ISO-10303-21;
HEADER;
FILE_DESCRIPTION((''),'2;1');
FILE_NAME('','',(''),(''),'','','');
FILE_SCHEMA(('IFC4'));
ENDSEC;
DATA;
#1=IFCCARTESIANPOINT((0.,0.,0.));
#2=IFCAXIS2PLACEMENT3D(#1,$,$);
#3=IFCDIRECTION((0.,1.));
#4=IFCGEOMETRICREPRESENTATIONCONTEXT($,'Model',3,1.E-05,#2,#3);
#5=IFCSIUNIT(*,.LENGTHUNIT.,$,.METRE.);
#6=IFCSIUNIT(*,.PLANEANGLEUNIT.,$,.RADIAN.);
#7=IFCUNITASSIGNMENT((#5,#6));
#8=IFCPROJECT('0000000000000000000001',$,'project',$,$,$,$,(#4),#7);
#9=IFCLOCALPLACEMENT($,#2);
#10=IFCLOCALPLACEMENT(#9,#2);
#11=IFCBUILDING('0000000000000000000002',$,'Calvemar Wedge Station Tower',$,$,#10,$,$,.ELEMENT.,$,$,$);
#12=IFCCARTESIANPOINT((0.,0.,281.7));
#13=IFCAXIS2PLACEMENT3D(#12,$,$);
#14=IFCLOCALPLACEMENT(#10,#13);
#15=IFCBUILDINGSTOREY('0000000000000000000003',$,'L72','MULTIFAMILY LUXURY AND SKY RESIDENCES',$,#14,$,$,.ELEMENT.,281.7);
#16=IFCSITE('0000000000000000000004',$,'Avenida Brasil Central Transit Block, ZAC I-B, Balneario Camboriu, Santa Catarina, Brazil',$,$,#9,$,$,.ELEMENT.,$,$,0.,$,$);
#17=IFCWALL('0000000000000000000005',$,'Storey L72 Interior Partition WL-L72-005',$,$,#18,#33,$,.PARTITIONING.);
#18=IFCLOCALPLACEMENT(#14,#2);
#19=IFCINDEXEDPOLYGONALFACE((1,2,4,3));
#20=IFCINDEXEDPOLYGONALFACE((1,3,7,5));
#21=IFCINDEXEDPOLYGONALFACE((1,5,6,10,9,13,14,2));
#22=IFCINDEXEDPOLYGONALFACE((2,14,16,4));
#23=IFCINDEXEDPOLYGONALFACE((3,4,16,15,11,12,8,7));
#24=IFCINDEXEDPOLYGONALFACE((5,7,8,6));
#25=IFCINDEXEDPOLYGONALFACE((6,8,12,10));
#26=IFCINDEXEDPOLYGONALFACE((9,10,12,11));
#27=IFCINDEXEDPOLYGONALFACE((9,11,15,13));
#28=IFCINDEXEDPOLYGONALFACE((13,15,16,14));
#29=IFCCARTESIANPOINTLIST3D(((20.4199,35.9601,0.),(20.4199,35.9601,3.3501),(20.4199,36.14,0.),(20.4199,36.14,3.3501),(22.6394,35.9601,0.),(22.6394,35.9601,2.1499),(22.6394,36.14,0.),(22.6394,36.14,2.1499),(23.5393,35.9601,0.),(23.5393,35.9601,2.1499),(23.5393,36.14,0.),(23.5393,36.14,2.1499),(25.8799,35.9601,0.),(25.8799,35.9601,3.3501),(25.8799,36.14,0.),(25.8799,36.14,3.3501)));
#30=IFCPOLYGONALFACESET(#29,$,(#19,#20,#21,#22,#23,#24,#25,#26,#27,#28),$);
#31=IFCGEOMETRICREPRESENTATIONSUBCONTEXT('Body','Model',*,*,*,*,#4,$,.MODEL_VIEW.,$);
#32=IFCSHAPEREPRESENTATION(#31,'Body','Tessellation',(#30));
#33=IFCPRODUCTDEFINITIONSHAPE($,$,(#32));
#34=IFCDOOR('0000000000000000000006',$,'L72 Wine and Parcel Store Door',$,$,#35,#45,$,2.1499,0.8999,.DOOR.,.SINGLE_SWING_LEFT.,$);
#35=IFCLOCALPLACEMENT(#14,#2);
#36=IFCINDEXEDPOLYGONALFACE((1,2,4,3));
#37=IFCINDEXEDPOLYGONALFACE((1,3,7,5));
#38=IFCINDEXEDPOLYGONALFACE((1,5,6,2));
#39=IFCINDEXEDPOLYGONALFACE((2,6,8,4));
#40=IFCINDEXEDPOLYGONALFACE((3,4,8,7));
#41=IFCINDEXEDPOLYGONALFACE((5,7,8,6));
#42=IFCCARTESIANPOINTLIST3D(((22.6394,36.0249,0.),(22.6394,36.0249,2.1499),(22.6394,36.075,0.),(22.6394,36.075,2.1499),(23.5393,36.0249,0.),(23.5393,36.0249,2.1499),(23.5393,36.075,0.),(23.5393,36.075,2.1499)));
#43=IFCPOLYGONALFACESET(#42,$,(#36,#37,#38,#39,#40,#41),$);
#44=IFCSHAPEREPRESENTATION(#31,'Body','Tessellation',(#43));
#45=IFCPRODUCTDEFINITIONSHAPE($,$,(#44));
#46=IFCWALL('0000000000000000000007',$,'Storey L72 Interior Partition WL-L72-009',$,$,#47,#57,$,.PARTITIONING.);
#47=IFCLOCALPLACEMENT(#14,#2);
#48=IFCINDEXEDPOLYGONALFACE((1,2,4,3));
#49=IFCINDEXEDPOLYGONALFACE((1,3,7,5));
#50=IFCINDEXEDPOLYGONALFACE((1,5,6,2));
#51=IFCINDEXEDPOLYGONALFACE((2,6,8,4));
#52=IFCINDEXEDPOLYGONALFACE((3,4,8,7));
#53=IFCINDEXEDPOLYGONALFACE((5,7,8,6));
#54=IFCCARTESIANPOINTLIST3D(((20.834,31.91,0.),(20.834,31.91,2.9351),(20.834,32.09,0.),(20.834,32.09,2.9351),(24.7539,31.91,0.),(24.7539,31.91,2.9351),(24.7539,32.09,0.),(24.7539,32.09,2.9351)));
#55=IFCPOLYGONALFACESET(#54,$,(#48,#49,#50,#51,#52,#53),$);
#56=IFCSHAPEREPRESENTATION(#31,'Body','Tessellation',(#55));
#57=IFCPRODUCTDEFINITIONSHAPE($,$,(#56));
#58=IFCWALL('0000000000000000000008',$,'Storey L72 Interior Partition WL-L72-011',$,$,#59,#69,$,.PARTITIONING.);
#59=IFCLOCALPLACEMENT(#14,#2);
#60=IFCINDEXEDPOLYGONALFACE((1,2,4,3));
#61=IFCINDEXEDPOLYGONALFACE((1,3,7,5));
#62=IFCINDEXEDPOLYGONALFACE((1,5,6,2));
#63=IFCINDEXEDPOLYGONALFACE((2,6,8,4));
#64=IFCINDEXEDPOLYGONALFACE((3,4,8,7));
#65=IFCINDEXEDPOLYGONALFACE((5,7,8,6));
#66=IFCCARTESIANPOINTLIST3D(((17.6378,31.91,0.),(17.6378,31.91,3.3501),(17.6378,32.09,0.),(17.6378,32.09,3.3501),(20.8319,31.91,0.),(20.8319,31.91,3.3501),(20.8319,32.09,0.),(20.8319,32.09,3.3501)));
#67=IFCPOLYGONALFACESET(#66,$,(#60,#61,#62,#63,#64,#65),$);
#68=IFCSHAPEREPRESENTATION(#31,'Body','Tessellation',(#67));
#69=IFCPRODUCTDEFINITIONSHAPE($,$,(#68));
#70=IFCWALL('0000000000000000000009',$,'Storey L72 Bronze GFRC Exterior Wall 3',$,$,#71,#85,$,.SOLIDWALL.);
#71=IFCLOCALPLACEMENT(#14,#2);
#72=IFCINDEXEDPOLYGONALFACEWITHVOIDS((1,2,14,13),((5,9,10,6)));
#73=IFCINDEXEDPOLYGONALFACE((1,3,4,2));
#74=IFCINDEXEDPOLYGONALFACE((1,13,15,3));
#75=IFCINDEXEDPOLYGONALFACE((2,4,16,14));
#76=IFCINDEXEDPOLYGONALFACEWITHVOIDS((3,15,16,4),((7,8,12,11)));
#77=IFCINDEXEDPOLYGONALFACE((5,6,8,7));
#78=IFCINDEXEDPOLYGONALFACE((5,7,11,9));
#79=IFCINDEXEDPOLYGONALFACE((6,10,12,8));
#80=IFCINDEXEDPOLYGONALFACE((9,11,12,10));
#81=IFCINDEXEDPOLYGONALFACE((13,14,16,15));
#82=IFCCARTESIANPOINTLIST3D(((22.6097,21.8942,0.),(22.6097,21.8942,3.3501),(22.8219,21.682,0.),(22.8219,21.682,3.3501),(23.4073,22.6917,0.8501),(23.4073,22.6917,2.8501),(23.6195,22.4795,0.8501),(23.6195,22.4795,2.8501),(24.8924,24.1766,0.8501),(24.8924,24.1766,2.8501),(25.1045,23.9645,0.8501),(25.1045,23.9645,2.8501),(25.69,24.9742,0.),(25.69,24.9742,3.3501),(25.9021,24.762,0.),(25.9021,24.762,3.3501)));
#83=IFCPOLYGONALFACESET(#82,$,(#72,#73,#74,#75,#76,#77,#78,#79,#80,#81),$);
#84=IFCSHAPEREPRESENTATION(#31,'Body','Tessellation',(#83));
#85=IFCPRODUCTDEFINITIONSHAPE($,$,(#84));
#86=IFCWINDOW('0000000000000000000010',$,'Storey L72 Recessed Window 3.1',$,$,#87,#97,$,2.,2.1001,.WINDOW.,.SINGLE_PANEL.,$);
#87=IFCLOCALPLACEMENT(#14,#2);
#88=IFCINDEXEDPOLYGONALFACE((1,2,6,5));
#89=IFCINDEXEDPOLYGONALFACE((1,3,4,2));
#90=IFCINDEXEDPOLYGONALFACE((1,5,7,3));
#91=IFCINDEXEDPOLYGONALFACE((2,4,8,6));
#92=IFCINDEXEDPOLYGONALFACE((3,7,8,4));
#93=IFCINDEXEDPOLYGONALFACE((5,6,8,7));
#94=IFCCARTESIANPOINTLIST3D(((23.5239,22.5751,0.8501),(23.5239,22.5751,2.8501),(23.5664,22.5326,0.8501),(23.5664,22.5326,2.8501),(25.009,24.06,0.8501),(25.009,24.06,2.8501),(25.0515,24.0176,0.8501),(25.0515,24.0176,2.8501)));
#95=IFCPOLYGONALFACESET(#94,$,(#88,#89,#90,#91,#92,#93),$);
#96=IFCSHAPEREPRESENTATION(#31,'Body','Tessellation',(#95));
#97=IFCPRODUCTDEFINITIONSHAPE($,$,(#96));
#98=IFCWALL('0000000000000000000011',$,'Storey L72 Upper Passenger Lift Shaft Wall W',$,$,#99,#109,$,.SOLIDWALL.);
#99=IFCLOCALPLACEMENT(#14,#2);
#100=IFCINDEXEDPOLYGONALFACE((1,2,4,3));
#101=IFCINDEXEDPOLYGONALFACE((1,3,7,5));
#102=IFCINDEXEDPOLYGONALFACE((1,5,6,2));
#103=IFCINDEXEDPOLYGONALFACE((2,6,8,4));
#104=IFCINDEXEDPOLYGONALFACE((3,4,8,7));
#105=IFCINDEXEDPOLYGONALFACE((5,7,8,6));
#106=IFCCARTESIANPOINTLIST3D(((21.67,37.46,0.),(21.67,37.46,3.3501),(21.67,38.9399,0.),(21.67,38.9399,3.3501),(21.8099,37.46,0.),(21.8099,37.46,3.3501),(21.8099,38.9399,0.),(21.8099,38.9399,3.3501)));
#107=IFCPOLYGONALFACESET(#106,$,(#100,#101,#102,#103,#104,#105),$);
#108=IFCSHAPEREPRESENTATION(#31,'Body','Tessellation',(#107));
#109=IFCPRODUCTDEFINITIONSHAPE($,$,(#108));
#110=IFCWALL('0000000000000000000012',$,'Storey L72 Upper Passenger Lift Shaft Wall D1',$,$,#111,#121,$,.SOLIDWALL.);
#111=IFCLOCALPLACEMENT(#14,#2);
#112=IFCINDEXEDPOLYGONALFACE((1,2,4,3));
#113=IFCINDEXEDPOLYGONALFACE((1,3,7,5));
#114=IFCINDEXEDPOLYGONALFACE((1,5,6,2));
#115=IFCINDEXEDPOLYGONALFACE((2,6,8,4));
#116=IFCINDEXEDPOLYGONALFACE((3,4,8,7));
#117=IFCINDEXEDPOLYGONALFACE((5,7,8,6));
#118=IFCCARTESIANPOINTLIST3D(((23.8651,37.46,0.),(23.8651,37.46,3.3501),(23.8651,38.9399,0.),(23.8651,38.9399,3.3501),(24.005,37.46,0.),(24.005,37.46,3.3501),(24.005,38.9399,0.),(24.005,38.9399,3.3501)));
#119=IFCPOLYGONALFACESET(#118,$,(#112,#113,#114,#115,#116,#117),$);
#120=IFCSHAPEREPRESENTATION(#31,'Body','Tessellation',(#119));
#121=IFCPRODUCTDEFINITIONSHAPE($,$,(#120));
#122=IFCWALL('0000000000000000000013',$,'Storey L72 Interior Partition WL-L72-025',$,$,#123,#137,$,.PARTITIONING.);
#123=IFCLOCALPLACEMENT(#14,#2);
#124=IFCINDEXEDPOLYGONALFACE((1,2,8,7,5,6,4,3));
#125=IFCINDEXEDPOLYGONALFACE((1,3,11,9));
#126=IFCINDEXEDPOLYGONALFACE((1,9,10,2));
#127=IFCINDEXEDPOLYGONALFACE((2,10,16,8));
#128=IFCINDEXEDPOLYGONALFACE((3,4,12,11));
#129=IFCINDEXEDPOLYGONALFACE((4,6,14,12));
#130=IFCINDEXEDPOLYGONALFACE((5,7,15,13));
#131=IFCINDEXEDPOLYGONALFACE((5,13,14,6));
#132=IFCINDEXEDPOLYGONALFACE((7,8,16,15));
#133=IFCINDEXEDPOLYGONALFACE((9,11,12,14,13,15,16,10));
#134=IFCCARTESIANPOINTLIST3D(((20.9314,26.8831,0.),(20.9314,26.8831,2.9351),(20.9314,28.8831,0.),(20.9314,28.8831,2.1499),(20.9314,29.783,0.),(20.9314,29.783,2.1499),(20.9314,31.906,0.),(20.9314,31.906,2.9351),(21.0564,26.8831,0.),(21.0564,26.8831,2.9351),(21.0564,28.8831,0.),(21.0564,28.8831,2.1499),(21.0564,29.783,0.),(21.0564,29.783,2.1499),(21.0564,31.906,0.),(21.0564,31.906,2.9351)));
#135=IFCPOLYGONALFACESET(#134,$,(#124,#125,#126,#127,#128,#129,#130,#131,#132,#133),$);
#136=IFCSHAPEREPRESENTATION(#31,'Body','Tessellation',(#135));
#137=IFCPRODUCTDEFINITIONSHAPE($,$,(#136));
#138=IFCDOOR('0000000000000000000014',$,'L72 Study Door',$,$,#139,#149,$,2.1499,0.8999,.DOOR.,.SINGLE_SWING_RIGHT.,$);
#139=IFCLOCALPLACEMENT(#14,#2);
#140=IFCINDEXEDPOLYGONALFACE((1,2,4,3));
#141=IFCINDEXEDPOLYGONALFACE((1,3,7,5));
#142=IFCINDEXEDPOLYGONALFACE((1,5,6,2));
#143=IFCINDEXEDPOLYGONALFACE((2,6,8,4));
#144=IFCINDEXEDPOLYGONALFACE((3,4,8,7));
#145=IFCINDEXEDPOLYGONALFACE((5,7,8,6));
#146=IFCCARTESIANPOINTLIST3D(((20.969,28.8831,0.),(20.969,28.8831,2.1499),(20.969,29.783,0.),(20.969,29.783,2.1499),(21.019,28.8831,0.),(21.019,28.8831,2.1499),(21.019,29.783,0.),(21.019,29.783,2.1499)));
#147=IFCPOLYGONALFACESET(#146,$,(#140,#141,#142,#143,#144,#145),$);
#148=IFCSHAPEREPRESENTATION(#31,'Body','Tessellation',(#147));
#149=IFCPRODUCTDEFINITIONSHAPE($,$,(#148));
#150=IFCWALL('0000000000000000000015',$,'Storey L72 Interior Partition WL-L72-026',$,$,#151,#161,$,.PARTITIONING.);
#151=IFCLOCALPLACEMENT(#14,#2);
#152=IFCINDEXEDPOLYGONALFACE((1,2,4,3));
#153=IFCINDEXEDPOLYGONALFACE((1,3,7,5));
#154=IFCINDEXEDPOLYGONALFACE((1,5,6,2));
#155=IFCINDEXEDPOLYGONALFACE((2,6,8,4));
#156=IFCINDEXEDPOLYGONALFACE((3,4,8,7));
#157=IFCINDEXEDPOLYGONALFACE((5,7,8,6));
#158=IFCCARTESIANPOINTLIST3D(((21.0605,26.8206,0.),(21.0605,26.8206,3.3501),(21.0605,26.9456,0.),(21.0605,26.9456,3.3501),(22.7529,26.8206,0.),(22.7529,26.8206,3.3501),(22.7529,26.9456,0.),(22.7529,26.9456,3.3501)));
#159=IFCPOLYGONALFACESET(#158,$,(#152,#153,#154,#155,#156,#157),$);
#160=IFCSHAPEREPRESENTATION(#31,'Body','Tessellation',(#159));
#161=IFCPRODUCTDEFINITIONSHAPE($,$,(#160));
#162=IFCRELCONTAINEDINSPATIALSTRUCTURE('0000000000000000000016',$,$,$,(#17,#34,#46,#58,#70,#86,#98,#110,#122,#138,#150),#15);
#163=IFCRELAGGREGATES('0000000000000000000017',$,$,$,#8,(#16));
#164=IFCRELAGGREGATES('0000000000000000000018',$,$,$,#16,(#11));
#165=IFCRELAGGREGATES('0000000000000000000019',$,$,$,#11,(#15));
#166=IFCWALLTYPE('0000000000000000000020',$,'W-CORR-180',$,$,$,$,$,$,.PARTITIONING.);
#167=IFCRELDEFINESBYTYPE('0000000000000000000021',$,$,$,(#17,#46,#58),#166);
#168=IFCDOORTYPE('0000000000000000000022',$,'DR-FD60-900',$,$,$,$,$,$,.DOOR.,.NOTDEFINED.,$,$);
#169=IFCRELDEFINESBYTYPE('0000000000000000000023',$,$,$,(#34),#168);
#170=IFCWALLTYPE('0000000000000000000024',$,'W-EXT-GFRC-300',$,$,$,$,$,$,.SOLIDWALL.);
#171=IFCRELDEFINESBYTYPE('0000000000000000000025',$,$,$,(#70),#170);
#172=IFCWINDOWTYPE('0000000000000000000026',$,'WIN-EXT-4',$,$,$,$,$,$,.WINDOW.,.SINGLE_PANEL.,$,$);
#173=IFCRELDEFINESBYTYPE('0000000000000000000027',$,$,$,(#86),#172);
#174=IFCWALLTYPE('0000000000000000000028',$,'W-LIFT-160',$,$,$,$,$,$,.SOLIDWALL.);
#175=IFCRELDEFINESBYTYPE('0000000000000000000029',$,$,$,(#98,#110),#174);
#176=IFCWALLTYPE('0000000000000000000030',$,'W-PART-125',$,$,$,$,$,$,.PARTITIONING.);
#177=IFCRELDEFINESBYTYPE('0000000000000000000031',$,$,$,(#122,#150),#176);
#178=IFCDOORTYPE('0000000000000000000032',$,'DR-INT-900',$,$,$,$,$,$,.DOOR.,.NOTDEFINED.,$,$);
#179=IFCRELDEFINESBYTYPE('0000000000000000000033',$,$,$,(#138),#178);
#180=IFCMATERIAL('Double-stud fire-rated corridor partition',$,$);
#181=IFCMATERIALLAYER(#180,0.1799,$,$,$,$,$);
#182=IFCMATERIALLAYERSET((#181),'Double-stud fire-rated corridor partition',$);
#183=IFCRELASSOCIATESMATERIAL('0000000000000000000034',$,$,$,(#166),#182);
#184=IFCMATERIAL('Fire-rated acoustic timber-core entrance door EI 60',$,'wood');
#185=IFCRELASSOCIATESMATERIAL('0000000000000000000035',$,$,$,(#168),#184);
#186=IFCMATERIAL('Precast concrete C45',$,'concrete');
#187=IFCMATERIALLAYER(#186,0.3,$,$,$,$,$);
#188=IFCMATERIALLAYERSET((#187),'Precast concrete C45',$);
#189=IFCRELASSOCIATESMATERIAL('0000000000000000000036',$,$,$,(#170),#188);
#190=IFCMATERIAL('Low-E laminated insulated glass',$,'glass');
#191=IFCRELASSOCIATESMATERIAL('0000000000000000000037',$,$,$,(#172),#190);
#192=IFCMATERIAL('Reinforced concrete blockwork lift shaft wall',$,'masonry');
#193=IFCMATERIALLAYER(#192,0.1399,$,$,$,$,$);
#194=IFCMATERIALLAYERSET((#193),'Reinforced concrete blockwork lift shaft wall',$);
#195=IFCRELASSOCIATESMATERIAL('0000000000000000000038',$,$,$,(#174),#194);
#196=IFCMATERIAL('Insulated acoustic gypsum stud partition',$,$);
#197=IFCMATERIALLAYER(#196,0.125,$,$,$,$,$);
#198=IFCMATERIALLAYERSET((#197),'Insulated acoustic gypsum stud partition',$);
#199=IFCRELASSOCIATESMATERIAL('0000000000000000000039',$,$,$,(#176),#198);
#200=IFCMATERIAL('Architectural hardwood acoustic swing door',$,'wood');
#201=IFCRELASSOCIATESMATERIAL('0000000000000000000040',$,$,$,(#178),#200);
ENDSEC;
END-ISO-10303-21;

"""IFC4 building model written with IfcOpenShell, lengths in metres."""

from ifc_helpers import new_model, si_unit, direction, frame, frame_2d, origin, place, context, subcontext, project, spatial, rectangle, extrude, source, transform, mapped, material, layer, layer_set, type_object, element, fill, save


model = new_model("IFC4")

# Units and contexts
model_context = context("Model", 3, precision=1e-05, world=origin(), true_north=direction((0.0, 1.0)))
body_context = subcontext(model_context, "Body", "Model", "MODEL_VIEW")
ifc_project = project(units=[si_unit("LENGTHUNIT", "METRE"), si_unit("PLANEANGLEUNIT", "RADIAN")], contexts=[model_context])

# Site, building, storey
site_placement = place(None, origin())
site = spatial("IfcSite", under=ifc_project, at=site_placement, Name="Avenida Brasil Central Transit Block, ZAC I-B, Balneario Camboriu, Santa Catarina, Brazil", CompositionType="ELEMENT", RefElevation=0.0)
building_placement = place(site_placement, origin())
building = spatial("IfcBuilding", under=site, at=building_placement, Name="Calvemar Wedge Station Tower", CompositionType="ELEMENT")
storey_placement = place(building_placement, frame((0.0, 0.0, 281.7)))
storey = spatial("IfcBuildingStorey", under=building, at=storey_placement, Name="L72", Description="MULTIFAMILY LUXURY AND SKY RESIDENCES", CompositionType="ELEMENT", Elevation=281.7)

# Shared definitions
ifc_material_1 = material(Name="Double-stud fire-rated corridor partition")
ifc_layer_1 = layer(ifc_material_1, 0.1799)
ifc_layer_set_1 = layer_set([ifc_layer_1], Name="Double-stud fire-rated corridor partition")
wall_type_1 = type_object("IfcWallType", Name="W-CORR-180", PredefinedType="PARTITIONING", material=ifc_layer_set_1)

# Wall, opening, door
wall_1_placement = place(storey_placement, frame((20.4199, 36.05, 0.0), z_axis=(0.0, 0.0, 1.0), x_axis=(1.0, 0.0, 0.0)))
wall_1 = element("IfcWall", 1, at=wall_1_placement, inside=storey, type_object=wall_type_1, Name="Storey L72 Interior Partition WL-L72-005", PredefinedType="PARTITIONING", context=body_context, shape_type="SweptSolid", body=[
    extrude(rectangle(XDim=5.46, YDim=0.1799, at=frame_2d((2.73, 0.0))), origin(), (0.0, 0.0, 1.0), 3.3501),
])
shared_shape_1 = source(origin(), body_context, "Body", "SweptSolid", [
    extrude(rectangle(XDim=0.8999, YDim=2.1499, at=frame_2d((0.45, 1.075))), frame((0.0, 0.1001, 0.0), z_axis=(0.0, -1.0, 0.0), x_axis=(1.0, 0.0, 0.0)), (0.0, 0.0, 1.0), 0.2),
])
opening_1_placement = place(wall_1_placement, frame((2.2195, 0.0, 0.0)))
opening_1 = element("IfcOpeningElement", 2, at=opening_1_placement, cuts=wall_1, PredefinedType="OPENING", context=body_context, shape_type="MappedRepresentation", body=[
    mapped(shared_shape_1, transform((0.0, 0.0, 0.0), scale=1.0)),
])
ifc_material_2 = material(Name="Fire-rated acoustic timber-core entrance door EI 60", Category="wood")
door_type_1 = type_object("IfcDoorType", Name="DR-FD60-900", OperationType="NOTDEFINED", PredefinedType="DOOR", material=ifc_material_2)
shared_shape_2 = source(origin(), body_context, "Body", "SweptSolid", [
    extrude(rectangle(XDim=0.8999, YDim=2.1499, at=frame_2d((0.45, 1.075))), frame((0.0, 0.0249, 0.0), z_axis=(0.0, -1.0, 0.0), x_axis=(1.0, 0.0, 0.0)), (0.0, 0.0, 1.0), 0.05),
])
door_1_placement = place(opening_1_placement, origin())
door_1 = element("IfcDoor", 3, at=door_1_placement, inside=storey, type_object=door_type_1, Name="L72 Wine and Parcel Store Door", OperationType="SINGLE_SWING_LEFT", OverallHeight=2.1499, OverallWidth=0.8999, PredefinedType="DOOR", context=body_context, shape_type="MappedRepresentation", body=[
    mapped(shared_shape_2, transform((0.0, 0.0, 0.0), scale=1.0)),
])
fill(opening_1, door_1)

# Walls
wall_2_placement = place(storey_placement, frame((24.7539, 32.0, 0.0), z_axis=(0.0, 0.0, 1.0), x_axis=(-1.0, 0.0, 0.0)))
element("IfcWall", 4, at=wall_2_placement, inside=storey, type_object=wall_type_1, Name="Storey L72 Interior Partition WL-L72-009", PredefinedType="PARTITIONING", context=body_context, shape_type="SweptSolid", body=[
    extrude(rectangle(XDim=3.9199, YDim=0.1799, at=frame_2d((1.96, 0.0))), origin(), (0.0, 0.0, 1.0), 2.9351),
])
wall_3_placement = place(storey_placement, frame((20.832, 32.0, 0.0), z_axis=(0.0, 0.0, 1.0), x_axis=(-1.0, 0.0, 0.0)))
element("IfcWall", 5, at=wall_3_placement, inside=storey, type_object=wall_type_1, Name="Storey L72 Interior Partition WL-L72-011", PredefinedType="PARTITIONING", context=body_context, shape_type="SweptSolid", body=[
    extrude(rectangle(XDim=3.1941, YDim=0.1799, at=frame_2d((1.5972, 0.0))), origin(), (0.0, 0.0, 1.0), 3.3501),
])

# Wall, opening, window
ifc_material_3 = material(Name="Precast concrete C45", Category="concrete")
ifc_layer_2 = layer(ifc_material_3, 0.3)
ifc_layer_set_2 = layer_set([ifc_layer_2], Name="Precast concrete C45")
wall_type_2 = type_object("IfcWallType", Name="W-EXT-GFRC-300", PredefinedType="SOLIDWALL", material=ifc_layer_set_2)
wall_4_placement = place(storey_placement, frame((22.7158, 21.7881, 0.0), z_axis=(0.0, 0.0, 1.0), x_axis=(0.707135, 0.707079, 0.0)))
wall_4 = element("IfcWall", 6, at=wall_4_placement, inside=storey, type_object=wall_type_2, Name="Storey L72 Bronze GFRC Exterior Wall 3", PredefinedType="SOLIDWALL", context=body_context, shape_type="SweptSolid", body=[
    extrude(rectangle(XDim=4.356, YDim=0.3, at=frame_2d((2.178, 0.0))), origin(), (0.0, 0.0, 1.0), 3.3501),
])
shared_shape_3 = source(origin(), body_context, "Body", "SweptSolid", [
    extrude(rectangle(XDim=2.1001, YDim=2.0, at=frame_2d((1.05, 1.0))), frame((0.0, 0.1602, 0.0), z_axis=(0.0, -1.0, 0.0), x_axis=(1.0, 0.0, 0.0)), (0.0, 0.0, 1.0), 0.3201),
])
opening_2_placement = place(wall_4_placement, frame((1.1279, 0.0, 0.8501)))
opening_2 = element("IfcOpeningElement", 7, at=opening_2_placement, cuts=wall_4, PredefinedType="OPENING", context=body_context, shape_type="MappedRepresentation", body=[
    mapped(shared_shape_3, transform((0.0, 0.0, 0.0), scale=1.0)),
])
ifc_material_4 = material(Name="Low-E laminated insulated glass", Category="glass")
window_type = type_object("IfcWindowType", Name="WIN-EXT-4", PartitioningType="SINGLE_PANEL", PredefinedType="WINDOW", material=ifc_material_4)
shared_shape_4 = source(origin(), body_context, "Body", "SweptSolid", [
    extrude(rectangle(XDim=2.1001, YDim=2.0, at=frame_2d((1.05, 1.0))), frame((0.0, -0.0149, 0.0), z_axis=(0.0, -1.0, 0.0), x_axis=(1.0, 0.0, 0.0)), (0.0, 0.0, 1.0), 0.0601),
])
window_placement = place(opening_2_placement, origin())
window = element("IfcWindow", 8, at=window_placement, inside=storey, type_object=window_type, Name="Storey L72 Recessed Window 3.1", OverallHeight=2.0, OverallWidth=2.1001, PartitioningType="SINGLE_PANEL", PredefinedType="WINDOW", context=body_context, shape_type="MappedRepresentation", body=[
    mapped(shared_shape_4, transform((0.0, 0.0, 0.0), scale=1.0)),
])
fill(opening_2, window)

# Shared definitions
ifc_material_5 = material(Name="Reinforced concrete blockwork lift shaft wall", Category="masonry")
ifc_layer_3 = layer(ifc_material_5, 0.1399)
ifc_layer_set_3 = layer_set([ifc_layer_3], Name="Reinforced concrete blockwork lift shaft wall")
wall_type_3 = type_object("IfcWallType", Name="W-LIFT-160", PredefinedType="SOLIDWALL", material=ifc_layer_set_3)

# Walls
for number, where, z_axis, x_axis, name in (
    (9, (21.74, 37.46, 0.0), (0.0, 0.0, 1.0), (0.0, 1.0, 0.0), "Storey L72 Upper Passenger Lift Shaft Wall W"),
    (10, (23.9351, 37.46, 0.0), (0.0, 0.0, 1.0), (0.0, 1.0, 0.0), "Storey L72 Upper Passenger Lift Shaft Wall D1"),
):
    element("IfcWall", number, at=place(storey_placement, frame(where, z_axis=z_axis, x_axis=x_axis)), inside=storey, type_object=wall_type_3, Name=name, PredefinedType="SOLIDWALL", context=body_context, shape_type="SweptSolid", body=[
        extrude(rectangle(XDim=1.48, YDim=0.1399, at=frame_2d((0.74, 0.0))), origin(), (0.0, 0.0, 1.0), 3.3501),
    ])

# Wall, opening, door
ifc_material_6 = material(Name="Insulated acoustic gypsum stud partition")
ifc_layer_4 = layer(ifc_material_6, 0.125)
ifc_layer_set_4 = layer_set([ifc_layer_4], Name="Insulated acoustic gypsum stud partition")
wall_type_4 = type_object("IfcWallType", Name="W-PART-125", PredefinedType="PARTITIONING", material=ifc_layer_set_4)
wall_5_placement = place(storey_placement, frame((20.9939, 26.8831, 0.0), z_axis=(0.0, 0.0, 1.0), x_axis=(0.0, 1.0, 0.0)))
wall_5 = element("IfcWall", 11, at=wall_5_placement, inside=storey, type_object=wall_type_4, Name="Storey L72 Interior Partition WL-L72-025", PredefinedType="PARTITIONING", context=body_context, shape_type="SweptSolid", body=[
    extrude(rectangle(XDim=5.0229, YDim=0.125, at=frame_2d((2.5115, 0.0))), origin(), (0.0, 0.0, 1.0), 2.9351),
])
shared_shape_5 = source(origin(), body_context, "Body", "SweptSolid", [
    extrude(rectangle(XDim=0.8999, YDim=2.1499, at=frame_2d((0.45, 1.075))), frame((0.0, 0.0725, 0.0), z_axis=(0.0, -1.0, 0.0), x_axis=(1.0, 0.0, 0.0)), (0.0, 0.0, 1.0), 0.145),
])
opening_3_placement = place(wall_5_placement, frame((2.0, 0.0, 0.0)))
opening_3 = element("IfcOpeningElement", 12, at=opening_3_placement, cuts=wall_5, PredefinedType="OPENING", context=body_context, shape_type="MappedRepresentation", body=[
    mapped(shared_shape_5, transform((0.0, 0.0, 0.0), scale=1.0)),
])
ifc_material_7 = material(Name="Architectural hardwood acoustic swing door", Category="wood")
door_type_2 = type_object("IfcDoorType", Name="DR-INT-900", OperationType="NOTDEFINED", PredefinedType="DOOR", material=ifc_material_7)
shared_shape_6 = source(origin(), body_context, "Body", "SweptSolid", [
    extrude(rectangle(XDim=0.8999, YDim=2.1499, at=frame_2d((0.45, 1.075))), frame((0.0, 0.0249, 0.0), z_axis=(0.0, -1.0, 0.0), x_axis=(1.0, 0.0, 0.0)), (0.0, 0.0, 1.0), 0.05),
])
door_2_placement = place(opening_3_placement, origin())
door_2 = element("IfcDoor", 13, at=door_2_placement, inside=storey, type_object=door_type_2, Name="L72 Study Door", OperationType="SINGLE_SWING_RIGHT", OverallHeight=2.1499, OverallWidth=0.8999, PredefinedType="DOOR", context=body_context, shape_type="MappedRepresentation", body=[
    mapped(shared_shape_6, transform((0.0, 0.0, 0.0), scale=1.0)),
])
fill(opening_3, door_2)

# Wall
wall_6_placement = place(storey_placement, frame((22.7529, 26.8831, 0.0), z_axis=(0.0, 0.0, 1.0), x_axis=(-1.0, 0.0, 0.0)))
element("IfcWall", 14, at=wall_6_placement, inside=storey, type_object=wall_type_4, Name="Storey L72 Interior Partition WL-L72-026", PredefinedType="PARTITIONING", context=body_context, shape_type="SweptSolid", body=[
    extrude(rectangle(XDim=1.6924, YDim=0.125, at=frame_2d((0.8462, 0.0))), origin(), (0.0, 0.0, 1.0), 3.3501),
])

save(model, "model.ifc")
